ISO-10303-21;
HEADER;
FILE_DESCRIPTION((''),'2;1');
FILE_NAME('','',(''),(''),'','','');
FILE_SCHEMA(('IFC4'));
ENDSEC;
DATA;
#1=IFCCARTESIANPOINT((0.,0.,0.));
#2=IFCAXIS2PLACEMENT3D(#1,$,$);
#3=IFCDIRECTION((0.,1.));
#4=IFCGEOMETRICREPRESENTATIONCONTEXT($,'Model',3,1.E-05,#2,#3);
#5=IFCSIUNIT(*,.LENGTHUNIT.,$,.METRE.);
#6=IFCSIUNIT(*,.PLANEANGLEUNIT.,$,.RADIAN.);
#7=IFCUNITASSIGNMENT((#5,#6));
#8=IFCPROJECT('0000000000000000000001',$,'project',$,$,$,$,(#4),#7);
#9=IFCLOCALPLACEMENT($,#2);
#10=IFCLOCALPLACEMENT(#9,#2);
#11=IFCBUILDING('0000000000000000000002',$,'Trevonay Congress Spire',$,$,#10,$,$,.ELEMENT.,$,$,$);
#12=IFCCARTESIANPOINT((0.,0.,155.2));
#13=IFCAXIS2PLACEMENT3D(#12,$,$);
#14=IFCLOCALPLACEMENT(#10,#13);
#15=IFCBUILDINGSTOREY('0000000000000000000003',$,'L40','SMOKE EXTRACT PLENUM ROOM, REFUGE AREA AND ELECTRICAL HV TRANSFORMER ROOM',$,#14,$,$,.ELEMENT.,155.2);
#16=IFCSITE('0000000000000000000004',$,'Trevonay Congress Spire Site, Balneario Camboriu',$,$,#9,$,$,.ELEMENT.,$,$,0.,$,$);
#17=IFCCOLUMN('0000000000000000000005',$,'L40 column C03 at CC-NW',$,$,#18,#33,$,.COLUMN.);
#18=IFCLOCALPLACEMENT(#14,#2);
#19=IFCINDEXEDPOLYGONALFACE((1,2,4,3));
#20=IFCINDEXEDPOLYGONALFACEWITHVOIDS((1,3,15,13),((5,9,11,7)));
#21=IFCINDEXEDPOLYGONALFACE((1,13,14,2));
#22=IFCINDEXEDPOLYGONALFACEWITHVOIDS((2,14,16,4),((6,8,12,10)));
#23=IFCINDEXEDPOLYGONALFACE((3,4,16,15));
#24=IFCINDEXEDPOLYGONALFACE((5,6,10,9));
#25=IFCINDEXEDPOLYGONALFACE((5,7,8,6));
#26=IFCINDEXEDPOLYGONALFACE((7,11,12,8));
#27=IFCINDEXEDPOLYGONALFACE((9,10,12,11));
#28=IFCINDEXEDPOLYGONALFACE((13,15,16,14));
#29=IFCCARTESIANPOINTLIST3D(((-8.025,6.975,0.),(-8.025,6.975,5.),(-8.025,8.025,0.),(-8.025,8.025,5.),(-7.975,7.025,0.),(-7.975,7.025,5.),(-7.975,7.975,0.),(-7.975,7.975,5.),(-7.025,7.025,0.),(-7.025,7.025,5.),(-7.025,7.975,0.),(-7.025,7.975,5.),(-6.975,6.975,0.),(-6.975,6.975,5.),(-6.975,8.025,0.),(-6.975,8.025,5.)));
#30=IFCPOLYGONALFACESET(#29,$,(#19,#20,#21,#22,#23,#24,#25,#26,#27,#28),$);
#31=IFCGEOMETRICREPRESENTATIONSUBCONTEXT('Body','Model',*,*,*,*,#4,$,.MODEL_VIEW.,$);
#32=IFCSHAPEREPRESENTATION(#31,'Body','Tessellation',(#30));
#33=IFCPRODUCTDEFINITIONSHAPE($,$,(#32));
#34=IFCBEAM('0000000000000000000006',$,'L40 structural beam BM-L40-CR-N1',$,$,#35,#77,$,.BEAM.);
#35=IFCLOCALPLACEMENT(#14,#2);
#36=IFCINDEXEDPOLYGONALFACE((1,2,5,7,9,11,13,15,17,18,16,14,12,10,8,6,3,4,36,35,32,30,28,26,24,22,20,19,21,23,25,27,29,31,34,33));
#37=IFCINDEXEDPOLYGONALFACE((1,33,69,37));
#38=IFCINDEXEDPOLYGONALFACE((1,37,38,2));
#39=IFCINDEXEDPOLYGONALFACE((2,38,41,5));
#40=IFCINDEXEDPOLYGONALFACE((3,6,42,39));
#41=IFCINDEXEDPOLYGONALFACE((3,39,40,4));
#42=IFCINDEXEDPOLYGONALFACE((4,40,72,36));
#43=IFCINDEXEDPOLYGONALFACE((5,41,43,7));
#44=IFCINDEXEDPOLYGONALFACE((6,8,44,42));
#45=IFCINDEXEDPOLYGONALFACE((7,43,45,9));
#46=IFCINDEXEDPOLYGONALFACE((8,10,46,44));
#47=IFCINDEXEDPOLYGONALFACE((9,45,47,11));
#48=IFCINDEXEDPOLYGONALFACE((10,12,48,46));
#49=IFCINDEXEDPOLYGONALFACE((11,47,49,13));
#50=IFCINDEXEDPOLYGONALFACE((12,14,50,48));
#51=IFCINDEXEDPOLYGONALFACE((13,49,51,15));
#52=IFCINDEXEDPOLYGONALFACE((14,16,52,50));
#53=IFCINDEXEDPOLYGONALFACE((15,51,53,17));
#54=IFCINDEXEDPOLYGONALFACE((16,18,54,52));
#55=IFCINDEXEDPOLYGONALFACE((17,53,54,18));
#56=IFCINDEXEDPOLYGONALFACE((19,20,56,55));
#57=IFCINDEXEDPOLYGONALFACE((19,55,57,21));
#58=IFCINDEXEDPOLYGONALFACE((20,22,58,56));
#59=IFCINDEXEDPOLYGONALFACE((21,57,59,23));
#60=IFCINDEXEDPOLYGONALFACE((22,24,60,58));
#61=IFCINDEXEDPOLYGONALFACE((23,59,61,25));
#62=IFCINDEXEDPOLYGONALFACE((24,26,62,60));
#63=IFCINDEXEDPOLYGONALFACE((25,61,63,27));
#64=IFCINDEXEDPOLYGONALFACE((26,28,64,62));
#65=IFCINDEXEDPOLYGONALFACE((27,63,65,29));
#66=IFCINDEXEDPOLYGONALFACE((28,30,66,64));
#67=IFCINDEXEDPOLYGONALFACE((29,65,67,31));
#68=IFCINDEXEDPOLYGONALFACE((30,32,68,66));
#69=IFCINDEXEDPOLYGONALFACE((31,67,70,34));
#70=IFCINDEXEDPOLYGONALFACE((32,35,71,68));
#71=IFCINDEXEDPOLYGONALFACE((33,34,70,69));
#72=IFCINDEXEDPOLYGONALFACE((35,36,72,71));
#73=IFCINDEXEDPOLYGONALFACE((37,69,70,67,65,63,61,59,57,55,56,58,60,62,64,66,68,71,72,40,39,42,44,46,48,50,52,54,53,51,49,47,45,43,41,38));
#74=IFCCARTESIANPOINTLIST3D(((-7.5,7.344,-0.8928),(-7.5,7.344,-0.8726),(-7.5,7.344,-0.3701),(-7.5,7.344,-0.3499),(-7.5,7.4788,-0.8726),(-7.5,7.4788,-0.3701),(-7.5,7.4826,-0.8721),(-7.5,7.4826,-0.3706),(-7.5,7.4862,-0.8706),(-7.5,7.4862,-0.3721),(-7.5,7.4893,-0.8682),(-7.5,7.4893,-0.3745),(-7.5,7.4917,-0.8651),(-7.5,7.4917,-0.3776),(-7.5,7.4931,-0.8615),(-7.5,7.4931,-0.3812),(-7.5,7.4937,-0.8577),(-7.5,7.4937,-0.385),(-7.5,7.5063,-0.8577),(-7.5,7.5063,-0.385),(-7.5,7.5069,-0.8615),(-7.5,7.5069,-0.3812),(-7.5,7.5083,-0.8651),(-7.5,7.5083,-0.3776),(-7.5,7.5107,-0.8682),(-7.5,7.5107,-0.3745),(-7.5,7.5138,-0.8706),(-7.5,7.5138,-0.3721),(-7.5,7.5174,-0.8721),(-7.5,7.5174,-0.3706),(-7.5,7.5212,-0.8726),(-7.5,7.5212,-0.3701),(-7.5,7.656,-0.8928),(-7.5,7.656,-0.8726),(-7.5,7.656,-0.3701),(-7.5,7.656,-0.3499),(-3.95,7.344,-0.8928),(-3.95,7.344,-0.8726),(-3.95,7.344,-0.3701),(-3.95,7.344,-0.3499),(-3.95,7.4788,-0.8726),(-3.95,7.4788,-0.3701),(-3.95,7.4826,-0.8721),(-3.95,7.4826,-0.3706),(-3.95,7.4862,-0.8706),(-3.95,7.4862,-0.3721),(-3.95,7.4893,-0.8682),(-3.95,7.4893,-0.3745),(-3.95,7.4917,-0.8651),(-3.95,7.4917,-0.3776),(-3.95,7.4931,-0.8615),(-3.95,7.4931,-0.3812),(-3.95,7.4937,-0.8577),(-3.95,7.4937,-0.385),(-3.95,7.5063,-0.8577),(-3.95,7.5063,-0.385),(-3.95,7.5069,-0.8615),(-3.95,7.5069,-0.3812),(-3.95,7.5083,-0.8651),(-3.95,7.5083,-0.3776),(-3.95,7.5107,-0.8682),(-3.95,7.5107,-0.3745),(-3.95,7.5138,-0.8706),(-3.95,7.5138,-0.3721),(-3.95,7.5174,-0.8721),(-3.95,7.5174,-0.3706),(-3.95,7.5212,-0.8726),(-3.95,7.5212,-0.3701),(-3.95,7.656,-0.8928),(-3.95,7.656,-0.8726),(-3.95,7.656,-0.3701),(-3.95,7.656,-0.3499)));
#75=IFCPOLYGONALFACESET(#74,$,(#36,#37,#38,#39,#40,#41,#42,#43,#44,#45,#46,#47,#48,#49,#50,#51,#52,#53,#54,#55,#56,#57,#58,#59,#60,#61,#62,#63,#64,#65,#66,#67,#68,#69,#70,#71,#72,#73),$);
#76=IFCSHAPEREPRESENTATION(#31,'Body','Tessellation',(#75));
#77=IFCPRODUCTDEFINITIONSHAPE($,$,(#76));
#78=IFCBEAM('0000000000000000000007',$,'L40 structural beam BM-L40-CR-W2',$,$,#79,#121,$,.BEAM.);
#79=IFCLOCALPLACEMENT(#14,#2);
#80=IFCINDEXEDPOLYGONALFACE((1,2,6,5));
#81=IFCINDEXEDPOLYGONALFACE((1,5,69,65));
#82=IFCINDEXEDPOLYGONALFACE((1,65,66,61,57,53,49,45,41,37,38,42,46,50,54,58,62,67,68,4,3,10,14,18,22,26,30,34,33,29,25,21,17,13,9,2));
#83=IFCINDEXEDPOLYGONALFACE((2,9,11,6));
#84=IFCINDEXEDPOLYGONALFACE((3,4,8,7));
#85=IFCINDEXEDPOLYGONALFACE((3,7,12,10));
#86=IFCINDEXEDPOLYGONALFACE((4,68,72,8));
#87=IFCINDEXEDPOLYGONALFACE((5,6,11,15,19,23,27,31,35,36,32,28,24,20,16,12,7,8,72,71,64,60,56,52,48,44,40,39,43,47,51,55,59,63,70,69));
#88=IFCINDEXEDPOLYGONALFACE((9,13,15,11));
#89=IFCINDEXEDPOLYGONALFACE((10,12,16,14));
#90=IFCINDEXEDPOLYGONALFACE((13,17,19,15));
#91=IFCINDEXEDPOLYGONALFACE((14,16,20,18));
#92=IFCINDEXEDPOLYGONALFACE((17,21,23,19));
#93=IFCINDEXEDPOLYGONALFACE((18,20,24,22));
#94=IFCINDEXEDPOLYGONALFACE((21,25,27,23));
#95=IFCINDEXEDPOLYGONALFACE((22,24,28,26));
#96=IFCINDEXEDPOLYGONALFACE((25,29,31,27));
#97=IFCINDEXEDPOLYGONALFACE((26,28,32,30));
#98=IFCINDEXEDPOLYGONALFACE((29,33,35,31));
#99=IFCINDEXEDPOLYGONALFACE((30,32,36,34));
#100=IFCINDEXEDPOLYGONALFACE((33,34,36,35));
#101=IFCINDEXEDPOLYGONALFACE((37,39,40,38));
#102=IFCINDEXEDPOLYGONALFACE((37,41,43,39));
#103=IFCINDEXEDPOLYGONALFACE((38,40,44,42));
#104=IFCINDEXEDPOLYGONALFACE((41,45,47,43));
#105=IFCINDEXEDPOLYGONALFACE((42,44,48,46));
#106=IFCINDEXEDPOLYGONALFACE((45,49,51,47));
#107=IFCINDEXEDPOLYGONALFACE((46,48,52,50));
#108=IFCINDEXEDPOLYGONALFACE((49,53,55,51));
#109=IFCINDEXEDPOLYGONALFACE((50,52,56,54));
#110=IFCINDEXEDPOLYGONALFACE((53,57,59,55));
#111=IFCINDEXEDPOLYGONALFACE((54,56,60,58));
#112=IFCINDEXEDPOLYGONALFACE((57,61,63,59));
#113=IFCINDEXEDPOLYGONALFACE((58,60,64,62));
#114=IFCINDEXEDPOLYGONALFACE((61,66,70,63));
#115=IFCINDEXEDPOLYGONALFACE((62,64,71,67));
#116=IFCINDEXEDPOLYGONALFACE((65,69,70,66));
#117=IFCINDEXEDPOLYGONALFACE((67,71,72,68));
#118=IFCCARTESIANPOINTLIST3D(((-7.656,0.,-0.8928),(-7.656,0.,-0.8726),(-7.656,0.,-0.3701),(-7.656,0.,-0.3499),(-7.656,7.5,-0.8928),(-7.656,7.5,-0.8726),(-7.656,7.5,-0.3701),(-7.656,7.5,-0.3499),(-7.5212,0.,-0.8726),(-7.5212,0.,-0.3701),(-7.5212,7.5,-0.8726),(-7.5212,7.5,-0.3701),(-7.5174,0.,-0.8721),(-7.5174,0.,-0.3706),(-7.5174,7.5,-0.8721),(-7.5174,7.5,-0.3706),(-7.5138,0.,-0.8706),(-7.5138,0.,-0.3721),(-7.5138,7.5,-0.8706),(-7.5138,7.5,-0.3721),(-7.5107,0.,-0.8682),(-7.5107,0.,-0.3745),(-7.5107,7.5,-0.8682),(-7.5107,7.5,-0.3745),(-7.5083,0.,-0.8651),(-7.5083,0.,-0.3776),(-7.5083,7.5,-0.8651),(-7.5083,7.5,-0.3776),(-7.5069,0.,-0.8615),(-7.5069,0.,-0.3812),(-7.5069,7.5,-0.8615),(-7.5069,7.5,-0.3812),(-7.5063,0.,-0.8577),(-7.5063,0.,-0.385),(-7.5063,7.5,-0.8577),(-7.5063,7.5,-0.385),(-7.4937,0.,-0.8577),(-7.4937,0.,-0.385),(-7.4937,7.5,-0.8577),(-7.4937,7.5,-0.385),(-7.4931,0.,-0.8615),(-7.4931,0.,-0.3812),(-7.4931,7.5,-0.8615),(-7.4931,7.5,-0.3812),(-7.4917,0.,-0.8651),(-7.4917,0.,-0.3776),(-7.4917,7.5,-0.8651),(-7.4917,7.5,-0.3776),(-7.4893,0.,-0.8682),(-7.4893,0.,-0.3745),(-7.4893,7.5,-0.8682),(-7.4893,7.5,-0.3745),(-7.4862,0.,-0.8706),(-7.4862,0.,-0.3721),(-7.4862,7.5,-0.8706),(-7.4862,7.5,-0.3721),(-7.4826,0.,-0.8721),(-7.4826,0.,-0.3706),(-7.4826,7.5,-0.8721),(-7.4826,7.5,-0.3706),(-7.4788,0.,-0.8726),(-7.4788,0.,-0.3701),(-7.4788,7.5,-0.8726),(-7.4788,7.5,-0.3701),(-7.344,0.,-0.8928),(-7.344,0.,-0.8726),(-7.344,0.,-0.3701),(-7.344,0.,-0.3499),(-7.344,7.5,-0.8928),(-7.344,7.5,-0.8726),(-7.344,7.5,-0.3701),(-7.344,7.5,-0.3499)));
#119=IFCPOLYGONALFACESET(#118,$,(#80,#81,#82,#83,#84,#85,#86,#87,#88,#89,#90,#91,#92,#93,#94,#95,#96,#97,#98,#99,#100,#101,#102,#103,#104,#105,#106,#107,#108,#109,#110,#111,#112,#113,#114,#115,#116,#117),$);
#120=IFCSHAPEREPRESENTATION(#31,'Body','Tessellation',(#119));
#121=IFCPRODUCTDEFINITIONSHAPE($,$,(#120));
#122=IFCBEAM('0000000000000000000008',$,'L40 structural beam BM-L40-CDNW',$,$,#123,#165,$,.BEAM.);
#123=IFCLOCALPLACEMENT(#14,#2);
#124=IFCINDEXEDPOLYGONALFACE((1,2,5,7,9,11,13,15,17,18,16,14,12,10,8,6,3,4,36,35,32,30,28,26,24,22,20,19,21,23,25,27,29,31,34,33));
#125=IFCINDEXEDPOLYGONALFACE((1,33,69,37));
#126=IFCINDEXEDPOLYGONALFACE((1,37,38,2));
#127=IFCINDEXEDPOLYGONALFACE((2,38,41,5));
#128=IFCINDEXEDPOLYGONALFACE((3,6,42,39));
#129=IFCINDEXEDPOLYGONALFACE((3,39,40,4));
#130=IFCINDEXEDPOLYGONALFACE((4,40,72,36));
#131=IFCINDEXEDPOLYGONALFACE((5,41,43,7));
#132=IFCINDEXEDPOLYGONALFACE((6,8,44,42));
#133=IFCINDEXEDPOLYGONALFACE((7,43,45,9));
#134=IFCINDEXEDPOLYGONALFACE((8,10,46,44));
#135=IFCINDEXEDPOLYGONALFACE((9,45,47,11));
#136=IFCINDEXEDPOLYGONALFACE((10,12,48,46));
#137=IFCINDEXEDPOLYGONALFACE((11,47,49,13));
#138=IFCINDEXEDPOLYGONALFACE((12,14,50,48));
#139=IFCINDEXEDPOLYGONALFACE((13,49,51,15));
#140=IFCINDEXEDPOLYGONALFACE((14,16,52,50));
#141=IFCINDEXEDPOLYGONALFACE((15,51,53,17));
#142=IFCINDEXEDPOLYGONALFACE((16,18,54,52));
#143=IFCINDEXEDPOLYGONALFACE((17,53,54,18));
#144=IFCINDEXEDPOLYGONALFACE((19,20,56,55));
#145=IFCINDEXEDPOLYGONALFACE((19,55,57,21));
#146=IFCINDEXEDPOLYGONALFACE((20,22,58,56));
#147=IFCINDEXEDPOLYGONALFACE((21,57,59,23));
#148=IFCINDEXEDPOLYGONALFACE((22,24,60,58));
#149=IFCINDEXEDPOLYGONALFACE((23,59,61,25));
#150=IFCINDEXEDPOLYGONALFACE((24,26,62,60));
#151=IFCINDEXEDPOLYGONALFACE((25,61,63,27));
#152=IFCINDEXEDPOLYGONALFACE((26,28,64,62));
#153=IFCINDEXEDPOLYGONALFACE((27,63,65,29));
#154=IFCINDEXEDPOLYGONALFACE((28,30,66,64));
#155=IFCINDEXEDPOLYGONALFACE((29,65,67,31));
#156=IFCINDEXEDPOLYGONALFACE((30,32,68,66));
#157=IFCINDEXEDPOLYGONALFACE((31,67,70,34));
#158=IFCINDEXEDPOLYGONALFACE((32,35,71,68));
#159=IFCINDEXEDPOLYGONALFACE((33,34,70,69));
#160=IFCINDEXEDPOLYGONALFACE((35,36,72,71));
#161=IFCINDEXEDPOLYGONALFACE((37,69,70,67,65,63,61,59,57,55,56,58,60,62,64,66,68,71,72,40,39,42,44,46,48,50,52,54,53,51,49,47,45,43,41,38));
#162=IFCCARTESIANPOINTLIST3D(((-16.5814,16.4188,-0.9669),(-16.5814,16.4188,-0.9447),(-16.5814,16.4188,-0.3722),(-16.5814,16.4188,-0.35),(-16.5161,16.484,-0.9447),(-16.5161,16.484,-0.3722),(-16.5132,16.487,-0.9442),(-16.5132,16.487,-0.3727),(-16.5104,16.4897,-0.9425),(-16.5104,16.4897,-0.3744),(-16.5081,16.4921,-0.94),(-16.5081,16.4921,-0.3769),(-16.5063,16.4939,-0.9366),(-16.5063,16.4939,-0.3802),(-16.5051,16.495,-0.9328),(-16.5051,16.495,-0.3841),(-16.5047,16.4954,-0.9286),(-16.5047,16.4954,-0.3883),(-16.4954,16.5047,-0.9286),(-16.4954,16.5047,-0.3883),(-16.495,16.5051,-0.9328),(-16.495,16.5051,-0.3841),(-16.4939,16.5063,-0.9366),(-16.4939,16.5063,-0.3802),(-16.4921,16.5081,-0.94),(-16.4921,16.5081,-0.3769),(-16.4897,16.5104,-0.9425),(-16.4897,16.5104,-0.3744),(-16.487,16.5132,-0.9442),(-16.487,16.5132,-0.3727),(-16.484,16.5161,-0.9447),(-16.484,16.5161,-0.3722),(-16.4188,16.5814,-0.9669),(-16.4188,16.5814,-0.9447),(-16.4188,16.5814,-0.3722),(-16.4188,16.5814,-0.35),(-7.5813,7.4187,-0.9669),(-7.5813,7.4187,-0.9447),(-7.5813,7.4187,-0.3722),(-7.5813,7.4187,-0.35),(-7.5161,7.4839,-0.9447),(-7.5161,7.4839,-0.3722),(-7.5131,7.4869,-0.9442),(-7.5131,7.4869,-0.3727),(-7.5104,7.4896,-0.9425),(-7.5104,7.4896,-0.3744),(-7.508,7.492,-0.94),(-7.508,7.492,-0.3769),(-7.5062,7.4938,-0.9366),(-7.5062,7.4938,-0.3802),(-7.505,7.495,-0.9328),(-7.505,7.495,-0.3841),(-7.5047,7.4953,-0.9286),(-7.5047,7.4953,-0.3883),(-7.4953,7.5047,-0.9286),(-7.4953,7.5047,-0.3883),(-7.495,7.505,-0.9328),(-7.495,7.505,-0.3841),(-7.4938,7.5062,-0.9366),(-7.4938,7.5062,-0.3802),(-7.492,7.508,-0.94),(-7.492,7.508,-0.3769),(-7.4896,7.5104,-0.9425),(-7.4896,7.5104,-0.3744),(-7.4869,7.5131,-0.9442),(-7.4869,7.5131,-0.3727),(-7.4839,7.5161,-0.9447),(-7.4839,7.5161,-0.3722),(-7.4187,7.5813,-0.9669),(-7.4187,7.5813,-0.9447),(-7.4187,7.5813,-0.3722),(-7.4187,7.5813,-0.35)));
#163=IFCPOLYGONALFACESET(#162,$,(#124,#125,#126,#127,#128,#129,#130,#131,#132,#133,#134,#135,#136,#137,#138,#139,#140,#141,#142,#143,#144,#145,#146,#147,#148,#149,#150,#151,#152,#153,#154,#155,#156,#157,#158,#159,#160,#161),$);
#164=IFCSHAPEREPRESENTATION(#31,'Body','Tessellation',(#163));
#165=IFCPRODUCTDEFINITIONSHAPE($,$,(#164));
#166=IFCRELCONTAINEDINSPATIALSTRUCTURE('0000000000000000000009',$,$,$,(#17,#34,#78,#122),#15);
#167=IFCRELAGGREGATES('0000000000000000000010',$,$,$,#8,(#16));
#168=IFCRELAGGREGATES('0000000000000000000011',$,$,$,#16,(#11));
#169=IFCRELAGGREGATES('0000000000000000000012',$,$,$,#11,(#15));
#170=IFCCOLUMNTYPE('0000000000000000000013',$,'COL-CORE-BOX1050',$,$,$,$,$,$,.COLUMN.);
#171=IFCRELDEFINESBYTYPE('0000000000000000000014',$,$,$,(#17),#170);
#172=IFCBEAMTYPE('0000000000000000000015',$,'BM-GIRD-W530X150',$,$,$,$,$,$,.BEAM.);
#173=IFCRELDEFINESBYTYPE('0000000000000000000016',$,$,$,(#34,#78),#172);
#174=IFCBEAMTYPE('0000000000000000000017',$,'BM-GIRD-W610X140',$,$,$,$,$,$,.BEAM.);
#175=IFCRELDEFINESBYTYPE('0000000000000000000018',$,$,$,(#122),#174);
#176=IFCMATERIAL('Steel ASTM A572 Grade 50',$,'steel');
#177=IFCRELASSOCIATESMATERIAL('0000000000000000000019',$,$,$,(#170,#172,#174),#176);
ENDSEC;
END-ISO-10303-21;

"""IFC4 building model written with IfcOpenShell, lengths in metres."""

from ifc_helpers import new_model, si_unit, direction, frame, origin, origin_2d, place, context, subcontext, project, spatial, hollow_rectangle, i_section, extrude, material, material_profile, profile_set, type_object, element, save


model = new_model("IFC4")

# Units and contexts
model_context = context("Model", 3, precision=1e-05, world=origin(), true_north=direction((0.0, 1.0)))
body_context = subcontext(model_context, "Body", "Model", "MODEL_VIEW")
ifc_project = project(units=[si_unit("LENGTHUNIT", "METRE"), si_unit("PLANEANGLEUNIT", "RADIAN")], contexts=[model_context])

# Site, building, storey
site_placement = place(None, origin())
site = spatial("IfcSite", under=ifc_project, at=site_placement, Name="Trevonay Congress Spire Site, Balneario Camboriu", CompositionType="ELEMENT", RefElevation=0.0)
building_placement = place(site_placement, origin())
building = spatial("IfcBuilding", under=site, at=building_placement, Name="Trevonay Congress Spire", CompositionType="ELEMENT")
storey_placement = place(building_placement, frame((0.0, 0.0, 155.2)))
storey = spatial("IfcBuildingStorey", under=building, at=storey_placement, Name="L40", Description="SMOKE EXTRACT PLENUM ROOM, REFUGE AREA AND ELECTRICAL HV TRANSFORMER ROOM", CompositionType="ELEMENT", Elevation=155.2)

# Column
ifc_material_1 = material(Name="Steel ASTM A572 Grade 50", Category="steel")
ifc_material_profile_1 = material_profile(ifc_material_1, hollow_rectangle(XDim=1.05, YDim=1.05, WallThickness=0.05, at=origin_2d()), Name="BOX 1050x1050x50")
ifc_profile_set_1 = profile_set([ifc_material_profile_1], Name="Steel ASTM A572 Grade 50")
column_type = type_object("IfcColumnType", Name="COL-CORE-BOX1050", PredefinedType="COLUMN", material=ifc_profile_set_1)
column_placement = place(storey_placement, frame((-7.5, 7.5, 0.0), z_axis=(0.0, 0.0, 1.0), x_axis=(1.0, 0.0, 0.0)))
element("IfcColumn", 1, at=column_placement, inside=storey, type_object=column_type, Name="L40 column C03 at CC-NW", PredefinedType="COLUMN", context=body_context, shape_type="SweptSolid", body=[
    extrude(hollow_rectangle(XDim=1.05, YDim=1.05, WallThickness=0.05, at=origin_2d()), origin(), (0.0, 0.0, 1.0), 5.0),
])

# Beams
ifc_material_profile_2 = material_profile(ifc_material_1, i_section(OverallWidth=0.312, OverallDepth=0.543, WebThickness=0.0127, FlangeThickness=0.0203, FilletRadius=0.0149, at=origin_2d()), Name="W530x150")
ifc_profile_set_2 = profile_set([ifc_material_profile_2], Name="Steel ASTM A572 Grade 50")
beam_type_1 = type_object("IfcBeamType", Name="BM-GIRD-W530X150", PredefinedType="BEAM", material=ifc_profile_set_2)
beam_1_placement = place(storey_placement, frame((-7.5, 7.5, -0.6213), z_axis=(1.0, 0.0, 0.0), x_axis=(0.0, 1.0, 0.0)))
element("IfcBeam", 2, at=beam_1_placement, inside=storey, type_object=beam_type_1, Name="L40 structural beam BM-L40-CR-N1", PredefinedType="BEAM", context=body_context, shape_type="SweptSolid", body=[
    extrude(i_section(OverallWidth=0.312, OverallDepth=0.543, WebThickness=0.0127, FlangeThickness=0.0203, FilletRadius=0.0149, at=origin_2d()), origin(), (0.0, 0.0, 1.0), 3.55),
])
beam_2_placement = place(storey_placement, frame((-7.5, 0.0, -0.6213), z_axis=(0.0, 1.0, 0.0), x_axis=(-1.0, 0.0, 0.0)))
element("IfcBeam", 3, at=beam_2_placement, inside=storey, type_object=beam_type_1, Name="L40 structural beam BM-L40-CR-W2", PredefinedType="BEAM", context=body_context, shape_type="SweptSolid", body=[
    extrude(i_section(OverallWidth=0.312, OverallDepth=0.543, WebThickness=0.0127, FlangeThickness=0.0203, FilletRadius=0.0149, at=origin_2d()), origin(), (0.0, 0.0, 1.0), 7.5),
])
ifc_material_profile_3 = material_profile(ifc_material_1, i_section(OverallWidth=0.23, OverallDepth=0.6169, WebThickness=0.0132, FlangeThickness=0.0222, FilletRadius=0.0161, at=origin_2d()), Name="W610x140")
ifc_profile_set_3 = profile_set([ifc_material_profile_3], Name="Steel ASTM A572 Grade 50")
beam_type_2 = type_object("IfcBeamType", Name="BM-GIRD-W610X140", PredefinedType="BEAM", material=ifc_profile_set_3)
beam_3_placement = place(storey_placement, frame((-7.5, 7.5, -0.6584), z_axis=(-0.707107, 0.707107, 0.0), x_axis=(-0.707107, -0.707107, 0.0)))
element("IfcBeam", 4, at=beam_3_placement, inside=storey, type_object=beam_type_2, Name="L40 structural beam BM-L40-CDNW", PredefinedType="BEAM", context=body_context, shape_type="SweptSolid", body=[
    extrude(i_section(OverallWidth=0.23, OverallDepth=0.6169, WebThickness=0.0132, FlangeThickness=0.0222, FilletRadius=0.0161, at=origin_2d()), origin(), (0.0, 0.0, 1.0), 12.728),
])

save(model, "model.ifc")
